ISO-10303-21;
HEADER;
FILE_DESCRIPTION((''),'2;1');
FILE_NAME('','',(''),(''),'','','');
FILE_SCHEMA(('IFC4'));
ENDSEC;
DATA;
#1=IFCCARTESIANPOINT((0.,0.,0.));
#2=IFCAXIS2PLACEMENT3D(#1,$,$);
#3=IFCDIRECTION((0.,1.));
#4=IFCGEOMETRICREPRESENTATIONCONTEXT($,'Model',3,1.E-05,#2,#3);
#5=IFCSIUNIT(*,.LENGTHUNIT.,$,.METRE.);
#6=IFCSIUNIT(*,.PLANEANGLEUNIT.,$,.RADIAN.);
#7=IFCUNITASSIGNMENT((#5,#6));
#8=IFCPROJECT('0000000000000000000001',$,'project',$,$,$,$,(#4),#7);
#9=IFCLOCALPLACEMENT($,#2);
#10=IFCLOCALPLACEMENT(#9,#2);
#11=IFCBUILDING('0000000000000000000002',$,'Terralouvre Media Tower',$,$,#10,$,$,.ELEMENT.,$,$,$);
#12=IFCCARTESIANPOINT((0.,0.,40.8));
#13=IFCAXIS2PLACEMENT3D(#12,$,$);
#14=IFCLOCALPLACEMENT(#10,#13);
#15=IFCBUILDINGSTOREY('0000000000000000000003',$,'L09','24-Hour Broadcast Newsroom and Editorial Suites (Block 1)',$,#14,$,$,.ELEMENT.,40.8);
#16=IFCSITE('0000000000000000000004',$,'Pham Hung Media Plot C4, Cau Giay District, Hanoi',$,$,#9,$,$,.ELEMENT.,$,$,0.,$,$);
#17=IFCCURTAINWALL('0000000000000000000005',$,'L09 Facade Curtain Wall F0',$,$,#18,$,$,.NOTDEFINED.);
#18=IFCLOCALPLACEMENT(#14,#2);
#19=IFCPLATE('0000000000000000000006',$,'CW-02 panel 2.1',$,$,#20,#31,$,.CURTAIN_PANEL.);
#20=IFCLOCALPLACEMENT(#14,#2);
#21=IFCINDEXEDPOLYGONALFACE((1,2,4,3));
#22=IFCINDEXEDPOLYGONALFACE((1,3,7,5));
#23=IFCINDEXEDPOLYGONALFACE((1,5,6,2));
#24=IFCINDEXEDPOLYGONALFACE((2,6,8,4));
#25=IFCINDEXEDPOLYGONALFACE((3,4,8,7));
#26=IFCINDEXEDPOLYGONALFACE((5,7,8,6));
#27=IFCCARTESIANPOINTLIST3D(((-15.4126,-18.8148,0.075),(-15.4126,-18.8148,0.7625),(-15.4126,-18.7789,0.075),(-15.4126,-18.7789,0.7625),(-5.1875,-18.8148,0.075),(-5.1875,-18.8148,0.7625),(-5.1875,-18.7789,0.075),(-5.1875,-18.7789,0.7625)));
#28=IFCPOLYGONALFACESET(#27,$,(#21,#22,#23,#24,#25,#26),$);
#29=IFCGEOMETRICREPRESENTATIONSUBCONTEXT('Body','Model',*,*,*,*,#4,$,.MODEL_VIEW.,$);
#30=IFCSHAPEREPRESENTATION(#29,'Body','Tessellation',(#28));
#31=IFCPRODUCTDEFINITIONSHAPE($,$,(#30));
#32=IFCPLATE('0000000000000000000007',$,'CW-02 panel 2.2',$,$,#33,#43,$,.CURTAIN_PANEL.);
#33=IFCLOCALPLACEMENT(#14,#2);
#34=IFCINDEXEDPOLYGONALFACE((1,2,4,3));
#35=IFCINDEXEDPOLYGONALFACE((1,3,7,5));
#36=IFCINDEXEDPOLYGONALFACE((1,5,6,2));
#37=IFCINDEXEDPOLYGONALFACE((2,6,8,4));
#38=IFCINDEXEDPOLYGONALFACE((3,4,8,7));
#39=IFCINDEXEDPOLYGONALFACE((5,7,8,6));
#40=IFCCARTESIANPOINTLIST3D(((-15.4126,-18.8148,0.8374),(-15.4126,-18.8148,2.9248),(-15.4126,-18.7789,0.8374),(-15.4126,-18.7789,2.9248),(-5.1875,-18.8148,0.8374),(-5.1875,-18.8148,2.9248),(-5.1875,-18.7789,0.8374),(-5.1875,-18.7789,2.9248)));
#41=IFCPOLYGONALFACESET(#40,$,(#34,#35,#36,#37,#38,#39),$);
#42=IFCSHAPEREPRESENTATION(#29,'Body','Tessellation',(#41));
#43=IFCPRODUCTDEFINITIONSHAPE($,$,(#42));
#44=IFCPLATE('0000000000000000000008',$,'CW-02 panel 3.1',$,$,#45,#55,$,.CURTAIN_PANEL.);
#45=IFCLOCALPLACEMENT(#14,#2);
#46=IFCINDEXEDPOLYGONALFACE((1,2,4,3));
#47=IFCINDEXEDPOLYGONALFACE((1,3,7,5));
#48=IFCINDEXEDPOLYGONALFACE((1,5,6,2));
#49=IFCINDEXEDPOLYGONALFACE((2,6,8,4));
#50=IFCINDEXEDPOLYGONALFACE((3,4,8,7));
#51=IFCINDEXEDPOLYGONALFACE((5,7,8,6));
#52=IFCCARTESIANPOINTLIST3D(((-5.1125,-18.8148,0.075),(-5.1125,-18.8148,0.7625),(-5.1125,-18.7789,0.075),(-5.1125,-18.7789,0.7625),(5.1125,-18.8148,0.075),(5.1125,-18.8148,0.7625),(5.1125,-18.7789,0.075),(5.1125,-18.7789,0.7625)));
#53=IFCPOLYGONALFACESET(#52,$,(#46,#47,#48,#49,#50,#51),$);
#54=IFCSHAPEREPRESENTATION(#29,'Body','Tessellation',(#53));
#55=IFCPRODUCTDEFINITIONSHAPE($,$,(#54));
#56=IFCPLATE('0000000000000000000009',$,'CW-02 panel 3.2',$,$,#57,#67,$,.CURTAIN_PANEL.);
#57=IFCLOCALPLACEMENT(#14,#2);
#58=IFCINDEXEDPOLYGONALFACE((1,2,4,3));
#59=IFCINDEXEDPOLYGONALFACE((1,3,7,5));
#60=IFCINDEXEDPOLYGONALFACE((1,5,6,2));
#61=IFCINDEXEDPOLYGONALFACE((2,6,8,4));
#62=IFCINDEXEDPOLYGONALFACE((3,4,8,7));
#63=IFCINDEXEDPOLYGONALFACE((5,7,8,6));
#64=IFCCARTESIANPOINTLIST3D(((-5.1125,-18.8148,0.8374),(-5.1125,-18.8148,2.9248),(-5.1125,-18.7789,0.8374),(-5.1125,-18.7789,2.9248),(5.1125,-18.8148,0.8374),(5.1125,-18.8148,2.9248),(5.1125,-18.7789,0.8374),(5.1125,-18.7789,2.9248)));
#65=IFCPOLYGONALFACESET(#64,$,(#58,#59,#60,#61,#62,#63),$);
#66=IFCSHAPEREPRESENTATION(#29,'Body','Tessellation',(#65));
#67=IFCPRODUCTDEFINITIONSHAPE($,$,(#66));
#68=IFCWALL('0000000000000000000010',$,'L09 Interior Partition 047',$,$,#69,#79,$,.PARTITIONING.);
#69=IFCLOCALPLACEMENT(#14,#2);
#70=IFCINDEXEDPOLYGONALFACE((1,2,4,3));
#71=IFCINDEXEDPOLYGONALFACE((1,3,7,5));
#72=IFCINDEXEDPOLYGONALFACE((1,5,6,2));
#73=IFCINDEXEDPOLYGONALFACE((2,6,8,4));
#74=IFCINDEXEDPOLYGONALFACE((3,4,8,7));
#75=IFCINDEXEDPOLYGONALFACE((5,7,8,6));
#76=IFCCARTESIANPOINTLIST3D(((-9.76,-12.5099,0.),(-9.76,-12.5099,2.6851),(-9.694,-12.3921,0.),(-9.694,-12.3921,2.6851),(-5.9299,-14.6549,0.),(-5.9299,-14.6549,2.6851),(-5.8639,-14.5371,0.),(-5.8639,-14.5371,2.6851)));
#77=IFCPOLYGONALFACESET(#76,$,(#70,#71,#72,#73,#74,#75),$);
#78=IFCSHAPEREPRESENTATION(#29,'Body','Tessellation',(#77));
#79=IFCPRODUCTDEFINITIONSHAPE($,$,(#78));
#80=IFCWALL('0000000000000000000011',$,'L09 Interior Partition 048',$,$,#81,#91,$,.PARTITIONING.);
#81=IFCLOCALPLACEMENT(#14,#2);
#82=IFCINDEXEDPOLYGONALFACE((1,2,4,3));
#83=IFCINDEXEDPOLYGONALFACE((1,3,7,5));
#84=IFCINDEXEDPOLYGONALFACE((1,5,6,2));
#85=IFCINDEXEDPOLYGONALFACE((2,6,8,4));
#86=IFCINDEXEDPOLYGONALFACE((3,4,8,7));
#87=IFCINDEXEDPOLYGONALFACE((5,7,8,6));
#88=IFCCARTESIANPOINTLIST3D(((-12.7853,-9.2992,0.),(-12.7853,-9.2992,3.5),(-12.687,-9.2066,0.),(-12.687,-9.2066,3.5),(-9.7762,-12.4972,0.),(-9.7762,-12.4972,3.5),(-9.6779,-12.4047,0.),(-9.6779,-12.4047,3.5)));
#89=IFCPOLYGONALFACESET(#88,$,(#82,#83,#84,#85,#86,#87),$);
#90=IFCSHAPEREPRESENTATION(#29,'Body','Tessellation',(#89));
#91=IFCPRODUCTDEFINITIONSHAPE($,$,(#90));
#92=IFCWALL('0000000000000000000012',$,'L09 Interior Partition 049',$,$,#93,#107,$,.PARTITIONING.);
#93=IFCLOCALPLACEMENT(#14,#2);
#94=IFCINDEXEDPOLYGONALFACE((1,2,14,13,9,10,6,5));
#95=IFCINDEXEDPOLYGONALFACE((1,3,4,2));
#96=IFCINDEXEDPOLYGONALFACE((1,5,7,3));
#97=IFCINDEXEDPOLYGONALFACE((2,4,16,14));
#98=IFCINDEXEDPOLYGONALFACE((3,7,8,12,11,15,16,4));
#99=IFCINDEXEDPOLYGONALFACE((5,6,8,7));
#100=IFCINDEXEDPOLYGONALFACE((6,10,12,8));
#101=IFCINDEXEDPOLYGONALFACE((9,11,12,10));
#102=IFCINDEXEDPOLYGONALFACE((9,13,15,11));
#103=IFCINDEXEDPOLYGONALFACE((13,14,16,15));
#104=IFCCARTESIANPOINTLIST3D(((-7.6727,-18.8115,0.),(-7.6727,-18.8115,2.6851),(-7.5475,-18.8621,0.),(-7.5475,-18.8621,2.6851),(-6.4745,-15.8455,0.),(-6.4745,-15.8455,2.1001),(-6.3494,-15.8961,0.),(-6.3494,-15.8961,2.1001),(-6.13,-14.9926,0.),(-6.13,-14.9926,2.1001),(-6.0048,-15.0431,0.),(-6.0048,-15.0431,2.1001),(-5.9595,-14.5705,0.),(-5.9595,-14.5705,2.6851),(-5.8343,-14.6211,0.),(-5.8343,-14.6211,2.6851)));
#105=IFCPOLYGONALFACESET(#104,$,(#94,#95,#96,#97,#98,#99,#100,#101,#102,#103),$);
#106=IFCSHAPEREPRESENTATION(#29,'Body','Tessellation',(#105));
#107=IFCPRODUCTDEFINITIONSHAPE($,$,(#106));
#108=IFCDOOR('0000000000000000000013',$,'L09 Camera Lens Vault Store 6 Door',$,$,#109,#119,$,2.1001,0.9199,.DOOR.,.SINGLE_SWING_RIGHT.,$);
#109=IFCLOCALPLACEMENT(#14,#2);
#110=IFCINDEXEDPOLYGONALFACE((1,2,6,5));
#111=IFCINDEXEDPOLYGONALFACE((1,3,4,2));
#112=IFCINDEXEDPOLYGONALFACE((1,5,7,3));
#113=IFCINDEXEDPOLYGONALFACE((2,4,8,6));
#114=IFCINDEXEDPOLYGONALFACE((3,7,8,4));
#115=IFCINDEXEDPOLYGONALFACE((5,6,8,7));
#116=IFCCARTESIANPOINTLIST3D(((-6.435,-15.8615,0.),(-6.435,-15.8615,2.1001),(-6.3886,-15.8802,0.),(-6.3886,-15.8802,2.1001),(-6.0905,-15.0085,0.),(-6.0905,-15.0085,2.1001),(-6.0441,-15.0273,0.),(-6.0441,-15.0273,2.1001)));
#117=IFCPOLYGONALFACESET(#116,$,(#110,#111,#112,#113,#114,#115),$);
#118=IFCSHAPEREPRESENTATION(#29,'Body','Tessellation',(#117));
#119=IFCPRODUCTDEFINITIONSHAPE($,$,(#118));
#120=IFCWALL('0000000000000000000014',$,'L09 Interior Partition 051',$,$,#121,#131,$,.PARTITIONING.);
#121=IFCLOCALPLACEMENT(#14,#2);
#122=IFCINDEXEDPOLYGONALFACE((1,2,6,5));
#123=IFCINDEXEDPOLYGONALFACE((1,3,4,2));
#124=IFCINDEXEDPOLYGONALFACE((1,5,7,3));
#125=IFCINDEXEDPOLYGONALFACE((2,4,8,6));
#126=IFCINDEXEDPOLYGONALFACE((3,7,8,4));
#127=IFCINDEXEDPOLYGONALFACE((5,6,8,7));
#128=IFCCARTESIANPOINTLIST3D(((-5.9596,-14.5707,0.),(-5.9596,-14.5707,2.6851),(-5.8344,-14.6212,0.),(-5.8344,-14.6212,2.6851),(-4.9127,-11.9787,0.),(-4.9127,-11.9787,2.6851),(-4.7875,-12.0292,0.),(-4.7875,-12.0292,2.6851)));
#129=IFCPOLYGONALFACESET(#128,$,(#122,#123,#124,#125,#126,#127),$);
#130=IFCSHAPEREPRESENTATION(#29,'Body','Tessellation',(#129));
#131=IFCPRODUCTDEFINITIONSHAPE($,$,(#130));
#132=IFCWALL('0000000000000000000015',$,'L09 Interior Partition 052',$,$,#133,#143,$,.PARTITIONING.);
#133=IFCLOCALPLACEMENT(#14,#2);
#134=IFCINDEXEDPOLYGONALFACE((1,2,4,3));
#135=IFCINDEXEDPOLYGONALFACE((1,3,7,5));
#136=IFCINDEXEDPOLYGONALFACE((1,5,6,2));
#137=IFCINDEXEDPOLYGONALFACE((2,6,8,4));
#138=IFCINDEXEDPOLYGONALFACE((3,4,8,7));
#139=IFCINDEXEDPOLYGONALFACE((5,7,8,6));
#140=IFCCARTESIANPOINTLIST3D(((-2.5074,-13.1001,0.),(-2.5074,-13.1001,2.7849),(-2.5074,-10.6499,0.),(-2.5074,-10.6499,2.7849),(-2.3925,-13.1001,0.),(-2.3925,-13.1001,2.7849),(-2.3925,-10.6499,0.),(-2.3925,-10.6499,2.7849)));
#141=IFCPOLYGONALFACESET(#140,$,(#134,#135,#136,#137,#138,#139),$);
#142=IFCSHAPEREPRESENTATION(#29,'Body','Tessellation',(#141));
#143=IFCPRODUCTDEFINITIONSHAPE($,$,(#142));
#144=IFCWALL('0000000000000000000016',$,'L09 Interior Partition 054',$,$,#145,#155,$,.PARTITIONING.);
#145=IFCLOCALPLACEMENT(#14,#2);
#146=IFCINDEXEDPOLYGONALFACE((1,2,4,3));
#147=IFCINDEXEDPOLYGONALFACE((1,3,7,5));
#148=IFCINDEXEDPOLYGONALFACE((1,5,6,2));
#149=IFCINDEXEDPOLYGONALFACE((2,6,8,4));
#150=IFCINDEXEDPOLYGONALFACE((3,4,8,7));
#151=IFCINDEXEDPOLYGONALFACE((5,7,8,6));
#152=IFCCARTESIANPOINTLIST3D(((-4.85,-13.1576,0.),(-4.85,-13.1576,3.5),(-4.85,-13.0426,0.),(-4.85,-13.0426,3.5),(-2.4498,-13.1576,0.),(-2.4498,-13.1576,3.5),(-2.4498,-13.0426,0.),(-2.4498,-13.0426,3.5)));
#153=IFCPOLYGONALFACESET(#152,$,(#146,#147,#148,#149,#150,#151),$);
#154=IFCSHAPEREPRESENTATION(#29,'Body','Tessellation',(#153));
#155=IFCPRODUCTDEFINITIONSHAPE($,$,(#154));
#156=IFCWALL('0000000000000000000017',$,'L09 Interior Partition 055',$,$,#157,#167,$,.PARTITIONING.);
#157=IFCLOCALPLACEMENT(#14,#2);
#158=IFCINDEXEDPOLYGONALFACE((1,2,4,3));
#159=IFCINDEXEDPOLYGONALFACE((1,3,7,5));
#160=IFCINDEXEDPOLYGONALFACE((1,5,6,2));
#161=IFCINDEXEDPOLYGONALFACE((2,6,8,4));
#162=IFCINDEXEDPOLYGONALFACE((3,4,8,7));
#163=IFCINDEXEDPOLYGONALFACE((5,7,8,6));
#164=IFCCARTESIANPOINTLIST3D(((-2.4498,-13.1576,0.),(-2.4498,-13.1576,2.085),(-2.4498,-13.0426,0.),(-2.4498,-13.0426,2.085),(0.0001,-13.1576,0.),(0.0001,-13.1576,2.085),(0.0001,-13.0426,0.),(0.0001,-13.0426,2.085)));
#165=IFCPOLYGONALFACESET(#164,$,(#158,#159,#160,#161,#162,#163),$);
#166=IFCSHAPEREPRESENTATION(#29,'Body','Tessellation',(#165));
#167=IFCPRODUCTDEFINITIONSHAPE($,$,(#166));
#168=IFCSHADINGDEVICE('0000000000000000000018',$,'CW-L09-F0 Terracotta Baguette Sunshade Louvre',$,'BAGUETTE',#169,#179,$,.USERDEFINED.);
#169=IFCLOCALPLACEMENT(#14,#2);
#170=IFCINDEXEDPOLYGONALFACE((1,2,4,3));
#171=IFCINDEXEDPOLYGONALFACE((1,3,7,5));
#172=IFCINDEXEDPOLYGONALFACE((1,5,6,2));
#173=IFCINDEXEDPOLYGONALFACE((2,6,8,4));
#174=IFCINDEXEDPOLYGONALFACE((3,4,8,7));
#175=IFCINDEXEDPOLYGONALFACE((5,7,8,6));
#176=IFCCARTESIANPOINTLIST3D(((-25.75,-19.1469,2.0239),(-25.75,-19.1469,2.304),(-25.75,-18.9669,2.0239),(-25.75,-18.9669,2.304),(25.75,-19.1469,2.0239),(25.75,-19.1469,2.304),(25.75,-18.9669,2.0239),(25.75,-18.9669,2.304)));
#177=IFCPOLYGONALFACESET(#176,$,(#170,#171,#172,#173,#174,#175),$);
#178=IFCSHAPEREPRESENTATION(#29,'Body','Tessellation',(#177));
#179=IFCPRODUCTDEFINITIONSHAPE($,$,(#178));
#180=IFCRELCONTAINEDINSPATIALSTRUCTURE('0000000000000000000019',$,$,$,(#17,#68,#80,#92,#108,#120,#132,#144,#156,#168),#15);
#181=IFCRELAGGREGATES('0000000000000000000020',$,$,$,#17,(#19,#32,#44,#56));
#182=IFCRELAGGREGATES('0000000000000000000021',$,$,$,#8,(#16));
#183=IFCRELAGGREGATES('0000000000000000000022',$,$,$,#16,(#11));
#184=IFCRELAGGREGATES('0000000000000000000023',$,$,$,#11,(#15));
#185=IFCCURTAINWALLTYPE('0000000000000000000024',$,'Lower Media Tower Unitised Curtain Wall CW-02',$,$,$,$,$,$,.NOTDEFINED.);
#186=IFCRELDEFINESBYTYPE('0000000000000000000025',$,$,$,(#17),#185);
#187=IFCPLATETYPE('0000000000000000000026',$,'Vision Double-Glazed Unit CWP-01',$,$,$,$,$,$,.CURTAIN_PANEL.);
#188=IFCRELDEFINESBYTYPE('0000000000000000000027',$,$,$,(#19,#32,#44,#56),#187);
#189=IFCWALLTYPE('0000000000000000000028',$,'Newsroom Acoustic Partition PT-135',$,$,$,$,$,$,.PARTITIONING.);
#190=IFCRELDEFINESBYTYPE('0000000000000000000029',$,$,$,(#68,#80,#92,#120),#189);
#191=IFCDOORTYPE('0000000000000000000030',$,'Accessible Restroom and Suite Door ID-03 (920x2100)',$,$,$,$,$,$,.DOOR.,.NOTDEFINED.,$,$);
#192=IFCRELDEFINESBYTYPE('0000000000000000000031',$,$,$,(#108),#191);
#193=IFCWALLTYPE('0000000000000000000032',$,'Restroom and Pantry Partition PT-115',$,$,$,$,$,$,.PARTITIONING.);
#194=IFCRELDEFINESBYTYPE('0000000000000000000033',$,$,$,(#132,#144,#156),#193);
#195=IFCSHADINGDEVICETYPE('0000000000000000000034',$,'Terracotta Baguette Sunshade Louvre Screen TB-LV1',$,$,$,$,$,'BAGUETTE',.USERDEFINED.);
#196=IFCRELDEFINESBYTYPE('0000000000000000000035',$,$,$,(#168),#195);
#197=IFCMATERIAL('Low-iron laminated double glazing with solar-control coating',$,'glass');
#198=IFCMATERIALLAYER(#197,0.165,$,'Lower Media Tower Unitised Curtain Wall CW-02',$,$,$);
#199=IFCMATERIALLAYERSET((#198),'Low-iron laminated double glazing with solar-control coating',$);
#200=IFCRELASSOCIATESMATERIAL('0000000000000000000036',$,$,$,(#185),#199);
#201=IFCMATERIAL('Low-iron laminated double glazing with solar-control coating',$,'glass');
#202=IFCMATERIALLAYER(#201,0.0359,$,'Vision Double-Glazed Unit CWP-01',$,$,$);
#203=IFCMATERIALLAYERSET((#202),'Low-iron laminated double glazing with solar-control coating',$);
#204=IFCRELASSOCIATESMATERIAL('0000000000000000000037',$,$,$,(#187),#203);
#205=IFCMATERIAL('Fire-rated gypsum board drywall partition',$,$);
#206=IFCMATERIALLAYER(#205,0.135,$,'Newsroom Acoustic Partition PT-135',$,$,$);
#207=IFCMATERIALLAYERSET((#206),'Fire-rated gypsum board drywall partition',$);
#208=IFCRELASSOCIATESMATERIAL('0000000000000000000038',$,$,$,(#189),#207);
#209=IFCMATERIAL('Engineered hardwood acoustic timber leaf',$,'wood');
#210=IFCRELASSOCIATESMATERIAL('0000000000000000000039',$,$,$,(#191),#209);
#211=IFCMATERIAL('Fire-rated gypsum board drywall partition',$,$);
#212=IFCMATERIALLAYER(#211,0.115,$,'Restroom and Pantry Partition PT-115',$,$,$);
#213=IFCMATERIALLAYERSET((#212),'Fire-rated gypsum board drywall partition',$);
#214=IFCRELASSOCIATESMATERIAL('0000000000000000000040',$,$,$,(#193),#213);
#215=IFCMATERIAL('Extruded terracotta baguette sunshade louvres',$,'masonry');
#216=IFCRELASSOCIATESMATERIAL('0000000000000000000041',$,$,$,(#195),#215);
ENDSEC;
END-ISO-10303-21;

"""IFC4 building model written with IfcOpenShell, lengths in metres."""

from ifc_helpers import new_model, si_unit, direction, frame, frame_2d, origin, origin_2d, place, context, subcontext, project, spatial, rectangle, extrude, material, layer, layer_set, type_object, element, fill, aggregate, save


model = new_model("IFC4")

# Units and contexts
model_context = context("Model", 3, precision=1e-05, world=origin(), true_north=direction((0.0, 1.0)))
body_context = subcontext(model_context, "Body", "Model", "MODEL_VIEW")
ifc_project = project(units=[si_unit("LENGTHUNIT", "METRE"), si_unit("PLANEANGLEUNIT", "RADIAN")], contexts=[model_context])

# Site, building, storey
site_placement = place(None, origin())
site = spatial("IfcSite", under=ifc_project, at=site_placement, Name="Pham Hung Media Plot C4, Cau Giay District, Hanoi", CompositionType="ELEMENT", RefElevation=0.0)
building_placement = place(site_placement, origin())
building = spatial("IfcBuilding", under=site, at=building_placement, Name="Terralouvre Media Tower", CompositionType="ELEMENT")
storey_placement = place(building_placement, frame((0.0, 0.0, 40.8)))
storey = spatial("IfcBuildingStorey", under=building, at=storey_placement, Name="L09", Description="24-Hour Broadcast Newsroom and Editorial Suites (Block 1)", CompositionType="ELEMENT", Elevation=40.8)

# Curtain wall
ifc_material_1 = material(Name="Low-iron laminated double glazing with solar-control coating", Category="glass")
ifc_layer_1 = layer(ifc_material_1, 0.165, Name="Lower Media Tower Unitised Curtain Wall CW-02")
ifc_layer_set_1 = layer_set([ifc_layer_1], Name="Low-iron laminated double glazing with solar-control coating")
curtain_wall_type = type_object("IfcCurtainWallType", Name="Lower Media Tower Unitised Curtain Wall CW-02", PredefinedType="NOTDEFINED", material=ifc_layer_set_1)
curtain_wall_placement = place(storey_placement, origin())
curtain_wall = element("IfcCurtainWall", 1, at=curtain_wall_placement, inside=storey, type_object=curtain_wall_type, Name="L09 Facade Curtain Wall F0", PredefinedType="NOTDEFINED")

# Plates
ifc_material_2 = material(Name="Low-iron laminated double glazing with solar-control coating", Category="glass")
ifc_layer_2 = layer(ifc_material_2, 0.0359, Name="Vision Double-Glazed Unit CWP-01")
ifc_layer_set_2 = layer_set([ifc_layer_2], Name="Low-iron laminated double glazing with solar-control coating")
plate_type = type_object("IfcPlateType", Name="Vision Double-Glazed Unit CWP-01", PredefinedType="CURTAIN_PANEL", material=ifc_layer_set_2)
plate_1_placement = place(storey_placement, frame((-10.3, -18.7969, 0.075), z_axis=(0.0, 0.0, 1.0), x_axis=(1.0, 0.0, 0.0)))
plate_1 = element("IfcPlate", 2, at=plate_1_placement, type_object=plate_type, Name="CW-02 panel 2.1", PredefinedType="CURTAIN_PANEL", context=body_context, shape_type="SweptSolid", body=[
    extrude(rectangle(XDim=10.2251, YDim=0.0359, at=origin_2d()), origin(), (0.0, 0.0, 1.0), 0.6875),
])
plate_2_placement = place(storey_placement, frame((-10.3, -18.7969, 0.8374), z_axis=(0.0, 0.0, 1.0), x_axis=(1.0, 0.0, 0.0)))
plate_2 = element("IfcPlate", 3, at=plate_2_placement, type_object=plate_type, Name="CW-02 panel 2.2", PredefinedType="CURTAIN_PANEL", context=body_context, shape_type="SweptSolid", body=[
    extrude(rectangle(XDim=10.2251, YDim=0.0359, at=origin_2d()), origin(), (0.0, 0.0, 1.0), 2.0874),
])
plate_3_placement = place(storey_placement, frame((0.0, -18.7969, 0.075), z_axis=(0.0, 0.0, 1.0), x_axis=(1.0, 0.0, 0.0)))
plate_3 = element("IfcPlate", 4, at=plate_3_placement, type_object=plate_type, Name="CW-02 panel 3.1", PredefinedType="CURTAIN_PANEL", context=body_context, shape_type="SweptSolid", body=[
    extrude(rectangle(XDim=10.2251, YDim=0.0359, at=origin_2d()), origin(), (0.0, 0.0, 1.0), 0.6875),
])
plate_4_placement = place(storey_placement, frame((0.0, -18.7969, 0.8374), z_axis=(0.0, 0.0, 1.0), x_axis=(1.0, 0.0, 0.0)))
plate_4 = element("IfcPlate", 5, at=plate_4_placement, type_object=plate_type, Name="CW-02 panel 3.2", PredefinedType="CURTAIN_PANEL", context=body_context, shape_type="SweptSolid", body=[
    extrude(rectangle(XDim=10.2251, YDim=0.0359, at=origin_2d()), origin(), (0.0, 0.0, 1.0), 2.0874),
])
aggregate(curtain_wall, [plate_1, plate_2, plate_3, plate_4])

# Walls
ifc_material_3 = material(Name="Fire-rated gypsum board drywall partition")
ifc_layer_3 = layer(ifc_material_3, 0.135, Name="Newsroom Acoustic Partition PT-135")
ifc_layer_set_3 = layer_set([ifc_layer_3], Name="Fire-rated gypsum board drywall partition")
wall_type_1 = type_object("IfcWallType", Name="Newsroom Acoustic Partition PT-135", PredefinedType="PARTITIONING", material=ifc_layer_set_3)
wall_1_placement = place(storey_placement, frame((-5.897, -14.5959, 0.0), z_axis=(0.0, 0.0, 1.0), x_axis=(-0.872489, 0.488634, 0.0)))
element("IfcWall", 6, at=wall_1_placement, inside=storey, type_object=wall_type_1, Name="L09 Interior Partition 047", PredefinedType="PARTITIONING", context=body_context, shape_type="SweptSolid", body=[
    extrude(rectangle(XDim=4.3899, YDim=0.135, at=frame_2d((2.1948, 0.0))), origin(), (0.0, 0.0, 1.0), 2.6851),
])
wall_2_placement = place(storey_placement, frame((-9.7271, -12.4509, 0.0), z_axis=(0.0, 0.0, 1.0), x_axis=(-0.685262, 0.728296, 0.0)))
element("IfcWall", 7, at=wall_2_placement, inside=storey, type_object=wall_type_1, Name="L09 Interior Partition 048", PredefinedType="PARTITIONING", context=body_context, shape_type="SweptSolid", body=[
    extrude(rectangle(XDim=4.3911, YDim=0.135, at=frame_2d((2.1956, 0.0))), origin(), (0.0, 0.0, 1.0), 3.5),
])

# Wall, opening, door
wall_3_placement = place(storey_placement, frame((-7.6101, -18.8369, 0.0), z_axis=(0.0, 0.0, 1.0), x_axis=(0.374545, 0.927209, 0.0)))
wall_3 = element("IfcWall", 8, at=wall_3_placement, inside=storey, type_object=wall_type_1, Name="L09 Interior Partition 049", PredefinedType="PARTITIONING", context=body_context, shape_type="SweptSolid", body=[
    extrude(rectangle(XDim=4.574, YDim=0.135, at=frame_2d((2.2871, 0.0))), origin(), (0.0, 0.0, 1.0), 2.6851),
])
opening_placement = place(wall_3_placement, frame((3.199, 0.0, 0.0)))
opening = element("IfcOpeningElement", 9, at=opening_placement, cuts=wall_3, PredefinedType="OPENING", context=body_context, shape_type="SweptSolid", body=[
    extrude(rectangle(XDim=0.9199, YDim=2.1001, at=frame_2d((0.46, 1.05))), frame((0.0, 0.0774, 0.0), z_axis=(0.0, -1.0, 0.0), x_axis=(1.0, 0.0, 0.0)), (0.0, 0.0, 1.0), 0.155),
])
ifc_material_4 = material(Name="Engineered hardwood acoustic timber leaf", Category="wood")
door_type = type_object("IfcDoorType", Name="Accessible Restroom and Suite Door ID-03 (920x2100)", OperationType="NOTDEFINED", PredefinedType="DOOR", material=ifc_material_4)
door_placement = place(opening_placement, origin())
door = element("IfcDoor", 10, at=door_placement, inside=storey, type_object=door_type, Name="L09 Camera Lens Vault Store 6 Door", OperationType="SINGLE_SWING_RIGHT", OverallHeight=2.1001, OverallWidth=0.9199, PredefinedType="DOOR", context=body_context, shape_type="SweptSolid", body=[
    extrude(rectangle(XDim=0.9199, YDim=2.1001, at=frame_2d((0.46, 1.05))), frame((0.0, 0.0249, 0.0), z_axis=(0.0, -1.0, 0.0), x_axis=(1.0, 0.0, 0.0)), (0.0, 0.0, 1.0), 0.05),
])
fill(opening, door)

# Walls
wall_4_placement = place(storey_placement, frame((-5.897, -14.5959, 0.0), z_axis=(0.0, 0.0, 1.0), x_axis=(0.37449, 0.927231, 0.0)))
element("IfcWall", 11, at=wall_4_placement, inside=storey, type_object=wall_type_1, Name="L09 Interior Partition 051", PredefinedType="PARTITIONING", context=body_context, shape_type="SweptSolid", body=[
    extrude(rectangle(XDim=2.7954, YDim=0.135, at=frame_2d((1.3977, 0.0))), origin(), (0.0, 0.0, 1.0), 2.6851),
])
ifc_material_5 = material(Name="Fire-rated gypsum board drywall partition")
ifc_layer_4 = layer(ifc_material_5, 0.115, Name="Restroom and Pantry Partition PT-115")
ifc_layer_set_4 = layer_set([ifc_layer_4], Name="Fire-rated gypsum board drywall partition")
wall_type_2 = type_object("IfcWallType", Name="Restroom and Pantry Partition PT-115", PredefinedType="PARTITIONING", material=ifc_layer_set_4)
wall_5_placement = place(storey_placement, frame((-2.45, -13.1001, 0.0), z_axis=(0.0, 0.0, 1.0), x_axis=(0.0, 1.0, 0.0)))
element("IfcWall", 12, at=wall_5_placement, inside=storey, type_object=wall_type_2, Name="L09 Interior Partition 052", PredefinedType="PARTITIONING", context=body_context, shape_type="SweptSolid", body=[
    extrude(rectangle(XDim=2.4502, YDim=0.115, at=frame_2d((1.2251, 0.0))), origin(), (0.0, 0.0, 1.0), 2.7849),
])
wall_6_placement = place(storey_placement, frame((-4.8501, -13.1001, 0.0), z_axis=(0.0, 0.0, 1.0), x_axis=(1.0, 0.0, 0.0)))
element("IfcWall", 13, at=wall_6_placement, inside=storey, type_object=wall_type_2, Name="L09 Interior Partition 054", PredefinedType="PARTITIONING", context=body_context, shape_type="SweptSolid", body=[
    extrude(rectangle(XDim=2.4001, YDim=0.115, at=frame_2d((1.2002, 0.0))), origin(), (0.0, 0.0, 1.0), 3.5),
])
wall_7_placement = place(storey_placement, frame((-2.45, -13.1001, 0.0), z_axis=(0.0, 0.0, 1.0), x_axis=(1.0, 0.0, 0.0)))
element("IfcWall", 14, at=wall_7_placement, inside=storey, type_object=wall_type_2, Name="L09 Interior Partition 055", PredefinedType="PARTITIONING", context=body_context, shape_type="SweptSolid", body=[
    extrude(rectangle(XDim=2.45, YDim=0.115, at=frame_2d((1.2251, 0.0))), origin(), (0.0, 0.0, 1.0), 2.085),
])

# Shading device
ifc_material_6 = material(Name="Extruded terracotta baguette sunshade louvres", Category="masonry")
shading_device_type = type_object("IfcShadingDeviceType", Name="Terracotta Baguette Sunshade Louvre Screen TB-LV1", ElementType="BAGUETTE", PredefinedType="USERDEFINED", material=ifc_material_6)
shading_device_placement = place(storey_placement, frame((0.0, -19.0569, 2.0239), z_axis=(0.0, 0.0, 1.0), x_axis=(1.0, 0.0, 0.0)))
element("IfcShadingDevice", 15, at=shading_device_placement, inside=storey, type_object=shading_device_type, Name="CW-L09-F0 Terracotta Baguette Sunshade Louvre", ObjectType="BAGUETTE", PredefinedType="USERDEFINED", context=body_context, shape_type="SweptSolid", body=[
    extrude(rectangle(XDim=51.5, YDim=0.1799, at=origin_2d()), origin(), (0.0, 0.0, 1.0), 0.28),
])

save(model, "model.ifc")
